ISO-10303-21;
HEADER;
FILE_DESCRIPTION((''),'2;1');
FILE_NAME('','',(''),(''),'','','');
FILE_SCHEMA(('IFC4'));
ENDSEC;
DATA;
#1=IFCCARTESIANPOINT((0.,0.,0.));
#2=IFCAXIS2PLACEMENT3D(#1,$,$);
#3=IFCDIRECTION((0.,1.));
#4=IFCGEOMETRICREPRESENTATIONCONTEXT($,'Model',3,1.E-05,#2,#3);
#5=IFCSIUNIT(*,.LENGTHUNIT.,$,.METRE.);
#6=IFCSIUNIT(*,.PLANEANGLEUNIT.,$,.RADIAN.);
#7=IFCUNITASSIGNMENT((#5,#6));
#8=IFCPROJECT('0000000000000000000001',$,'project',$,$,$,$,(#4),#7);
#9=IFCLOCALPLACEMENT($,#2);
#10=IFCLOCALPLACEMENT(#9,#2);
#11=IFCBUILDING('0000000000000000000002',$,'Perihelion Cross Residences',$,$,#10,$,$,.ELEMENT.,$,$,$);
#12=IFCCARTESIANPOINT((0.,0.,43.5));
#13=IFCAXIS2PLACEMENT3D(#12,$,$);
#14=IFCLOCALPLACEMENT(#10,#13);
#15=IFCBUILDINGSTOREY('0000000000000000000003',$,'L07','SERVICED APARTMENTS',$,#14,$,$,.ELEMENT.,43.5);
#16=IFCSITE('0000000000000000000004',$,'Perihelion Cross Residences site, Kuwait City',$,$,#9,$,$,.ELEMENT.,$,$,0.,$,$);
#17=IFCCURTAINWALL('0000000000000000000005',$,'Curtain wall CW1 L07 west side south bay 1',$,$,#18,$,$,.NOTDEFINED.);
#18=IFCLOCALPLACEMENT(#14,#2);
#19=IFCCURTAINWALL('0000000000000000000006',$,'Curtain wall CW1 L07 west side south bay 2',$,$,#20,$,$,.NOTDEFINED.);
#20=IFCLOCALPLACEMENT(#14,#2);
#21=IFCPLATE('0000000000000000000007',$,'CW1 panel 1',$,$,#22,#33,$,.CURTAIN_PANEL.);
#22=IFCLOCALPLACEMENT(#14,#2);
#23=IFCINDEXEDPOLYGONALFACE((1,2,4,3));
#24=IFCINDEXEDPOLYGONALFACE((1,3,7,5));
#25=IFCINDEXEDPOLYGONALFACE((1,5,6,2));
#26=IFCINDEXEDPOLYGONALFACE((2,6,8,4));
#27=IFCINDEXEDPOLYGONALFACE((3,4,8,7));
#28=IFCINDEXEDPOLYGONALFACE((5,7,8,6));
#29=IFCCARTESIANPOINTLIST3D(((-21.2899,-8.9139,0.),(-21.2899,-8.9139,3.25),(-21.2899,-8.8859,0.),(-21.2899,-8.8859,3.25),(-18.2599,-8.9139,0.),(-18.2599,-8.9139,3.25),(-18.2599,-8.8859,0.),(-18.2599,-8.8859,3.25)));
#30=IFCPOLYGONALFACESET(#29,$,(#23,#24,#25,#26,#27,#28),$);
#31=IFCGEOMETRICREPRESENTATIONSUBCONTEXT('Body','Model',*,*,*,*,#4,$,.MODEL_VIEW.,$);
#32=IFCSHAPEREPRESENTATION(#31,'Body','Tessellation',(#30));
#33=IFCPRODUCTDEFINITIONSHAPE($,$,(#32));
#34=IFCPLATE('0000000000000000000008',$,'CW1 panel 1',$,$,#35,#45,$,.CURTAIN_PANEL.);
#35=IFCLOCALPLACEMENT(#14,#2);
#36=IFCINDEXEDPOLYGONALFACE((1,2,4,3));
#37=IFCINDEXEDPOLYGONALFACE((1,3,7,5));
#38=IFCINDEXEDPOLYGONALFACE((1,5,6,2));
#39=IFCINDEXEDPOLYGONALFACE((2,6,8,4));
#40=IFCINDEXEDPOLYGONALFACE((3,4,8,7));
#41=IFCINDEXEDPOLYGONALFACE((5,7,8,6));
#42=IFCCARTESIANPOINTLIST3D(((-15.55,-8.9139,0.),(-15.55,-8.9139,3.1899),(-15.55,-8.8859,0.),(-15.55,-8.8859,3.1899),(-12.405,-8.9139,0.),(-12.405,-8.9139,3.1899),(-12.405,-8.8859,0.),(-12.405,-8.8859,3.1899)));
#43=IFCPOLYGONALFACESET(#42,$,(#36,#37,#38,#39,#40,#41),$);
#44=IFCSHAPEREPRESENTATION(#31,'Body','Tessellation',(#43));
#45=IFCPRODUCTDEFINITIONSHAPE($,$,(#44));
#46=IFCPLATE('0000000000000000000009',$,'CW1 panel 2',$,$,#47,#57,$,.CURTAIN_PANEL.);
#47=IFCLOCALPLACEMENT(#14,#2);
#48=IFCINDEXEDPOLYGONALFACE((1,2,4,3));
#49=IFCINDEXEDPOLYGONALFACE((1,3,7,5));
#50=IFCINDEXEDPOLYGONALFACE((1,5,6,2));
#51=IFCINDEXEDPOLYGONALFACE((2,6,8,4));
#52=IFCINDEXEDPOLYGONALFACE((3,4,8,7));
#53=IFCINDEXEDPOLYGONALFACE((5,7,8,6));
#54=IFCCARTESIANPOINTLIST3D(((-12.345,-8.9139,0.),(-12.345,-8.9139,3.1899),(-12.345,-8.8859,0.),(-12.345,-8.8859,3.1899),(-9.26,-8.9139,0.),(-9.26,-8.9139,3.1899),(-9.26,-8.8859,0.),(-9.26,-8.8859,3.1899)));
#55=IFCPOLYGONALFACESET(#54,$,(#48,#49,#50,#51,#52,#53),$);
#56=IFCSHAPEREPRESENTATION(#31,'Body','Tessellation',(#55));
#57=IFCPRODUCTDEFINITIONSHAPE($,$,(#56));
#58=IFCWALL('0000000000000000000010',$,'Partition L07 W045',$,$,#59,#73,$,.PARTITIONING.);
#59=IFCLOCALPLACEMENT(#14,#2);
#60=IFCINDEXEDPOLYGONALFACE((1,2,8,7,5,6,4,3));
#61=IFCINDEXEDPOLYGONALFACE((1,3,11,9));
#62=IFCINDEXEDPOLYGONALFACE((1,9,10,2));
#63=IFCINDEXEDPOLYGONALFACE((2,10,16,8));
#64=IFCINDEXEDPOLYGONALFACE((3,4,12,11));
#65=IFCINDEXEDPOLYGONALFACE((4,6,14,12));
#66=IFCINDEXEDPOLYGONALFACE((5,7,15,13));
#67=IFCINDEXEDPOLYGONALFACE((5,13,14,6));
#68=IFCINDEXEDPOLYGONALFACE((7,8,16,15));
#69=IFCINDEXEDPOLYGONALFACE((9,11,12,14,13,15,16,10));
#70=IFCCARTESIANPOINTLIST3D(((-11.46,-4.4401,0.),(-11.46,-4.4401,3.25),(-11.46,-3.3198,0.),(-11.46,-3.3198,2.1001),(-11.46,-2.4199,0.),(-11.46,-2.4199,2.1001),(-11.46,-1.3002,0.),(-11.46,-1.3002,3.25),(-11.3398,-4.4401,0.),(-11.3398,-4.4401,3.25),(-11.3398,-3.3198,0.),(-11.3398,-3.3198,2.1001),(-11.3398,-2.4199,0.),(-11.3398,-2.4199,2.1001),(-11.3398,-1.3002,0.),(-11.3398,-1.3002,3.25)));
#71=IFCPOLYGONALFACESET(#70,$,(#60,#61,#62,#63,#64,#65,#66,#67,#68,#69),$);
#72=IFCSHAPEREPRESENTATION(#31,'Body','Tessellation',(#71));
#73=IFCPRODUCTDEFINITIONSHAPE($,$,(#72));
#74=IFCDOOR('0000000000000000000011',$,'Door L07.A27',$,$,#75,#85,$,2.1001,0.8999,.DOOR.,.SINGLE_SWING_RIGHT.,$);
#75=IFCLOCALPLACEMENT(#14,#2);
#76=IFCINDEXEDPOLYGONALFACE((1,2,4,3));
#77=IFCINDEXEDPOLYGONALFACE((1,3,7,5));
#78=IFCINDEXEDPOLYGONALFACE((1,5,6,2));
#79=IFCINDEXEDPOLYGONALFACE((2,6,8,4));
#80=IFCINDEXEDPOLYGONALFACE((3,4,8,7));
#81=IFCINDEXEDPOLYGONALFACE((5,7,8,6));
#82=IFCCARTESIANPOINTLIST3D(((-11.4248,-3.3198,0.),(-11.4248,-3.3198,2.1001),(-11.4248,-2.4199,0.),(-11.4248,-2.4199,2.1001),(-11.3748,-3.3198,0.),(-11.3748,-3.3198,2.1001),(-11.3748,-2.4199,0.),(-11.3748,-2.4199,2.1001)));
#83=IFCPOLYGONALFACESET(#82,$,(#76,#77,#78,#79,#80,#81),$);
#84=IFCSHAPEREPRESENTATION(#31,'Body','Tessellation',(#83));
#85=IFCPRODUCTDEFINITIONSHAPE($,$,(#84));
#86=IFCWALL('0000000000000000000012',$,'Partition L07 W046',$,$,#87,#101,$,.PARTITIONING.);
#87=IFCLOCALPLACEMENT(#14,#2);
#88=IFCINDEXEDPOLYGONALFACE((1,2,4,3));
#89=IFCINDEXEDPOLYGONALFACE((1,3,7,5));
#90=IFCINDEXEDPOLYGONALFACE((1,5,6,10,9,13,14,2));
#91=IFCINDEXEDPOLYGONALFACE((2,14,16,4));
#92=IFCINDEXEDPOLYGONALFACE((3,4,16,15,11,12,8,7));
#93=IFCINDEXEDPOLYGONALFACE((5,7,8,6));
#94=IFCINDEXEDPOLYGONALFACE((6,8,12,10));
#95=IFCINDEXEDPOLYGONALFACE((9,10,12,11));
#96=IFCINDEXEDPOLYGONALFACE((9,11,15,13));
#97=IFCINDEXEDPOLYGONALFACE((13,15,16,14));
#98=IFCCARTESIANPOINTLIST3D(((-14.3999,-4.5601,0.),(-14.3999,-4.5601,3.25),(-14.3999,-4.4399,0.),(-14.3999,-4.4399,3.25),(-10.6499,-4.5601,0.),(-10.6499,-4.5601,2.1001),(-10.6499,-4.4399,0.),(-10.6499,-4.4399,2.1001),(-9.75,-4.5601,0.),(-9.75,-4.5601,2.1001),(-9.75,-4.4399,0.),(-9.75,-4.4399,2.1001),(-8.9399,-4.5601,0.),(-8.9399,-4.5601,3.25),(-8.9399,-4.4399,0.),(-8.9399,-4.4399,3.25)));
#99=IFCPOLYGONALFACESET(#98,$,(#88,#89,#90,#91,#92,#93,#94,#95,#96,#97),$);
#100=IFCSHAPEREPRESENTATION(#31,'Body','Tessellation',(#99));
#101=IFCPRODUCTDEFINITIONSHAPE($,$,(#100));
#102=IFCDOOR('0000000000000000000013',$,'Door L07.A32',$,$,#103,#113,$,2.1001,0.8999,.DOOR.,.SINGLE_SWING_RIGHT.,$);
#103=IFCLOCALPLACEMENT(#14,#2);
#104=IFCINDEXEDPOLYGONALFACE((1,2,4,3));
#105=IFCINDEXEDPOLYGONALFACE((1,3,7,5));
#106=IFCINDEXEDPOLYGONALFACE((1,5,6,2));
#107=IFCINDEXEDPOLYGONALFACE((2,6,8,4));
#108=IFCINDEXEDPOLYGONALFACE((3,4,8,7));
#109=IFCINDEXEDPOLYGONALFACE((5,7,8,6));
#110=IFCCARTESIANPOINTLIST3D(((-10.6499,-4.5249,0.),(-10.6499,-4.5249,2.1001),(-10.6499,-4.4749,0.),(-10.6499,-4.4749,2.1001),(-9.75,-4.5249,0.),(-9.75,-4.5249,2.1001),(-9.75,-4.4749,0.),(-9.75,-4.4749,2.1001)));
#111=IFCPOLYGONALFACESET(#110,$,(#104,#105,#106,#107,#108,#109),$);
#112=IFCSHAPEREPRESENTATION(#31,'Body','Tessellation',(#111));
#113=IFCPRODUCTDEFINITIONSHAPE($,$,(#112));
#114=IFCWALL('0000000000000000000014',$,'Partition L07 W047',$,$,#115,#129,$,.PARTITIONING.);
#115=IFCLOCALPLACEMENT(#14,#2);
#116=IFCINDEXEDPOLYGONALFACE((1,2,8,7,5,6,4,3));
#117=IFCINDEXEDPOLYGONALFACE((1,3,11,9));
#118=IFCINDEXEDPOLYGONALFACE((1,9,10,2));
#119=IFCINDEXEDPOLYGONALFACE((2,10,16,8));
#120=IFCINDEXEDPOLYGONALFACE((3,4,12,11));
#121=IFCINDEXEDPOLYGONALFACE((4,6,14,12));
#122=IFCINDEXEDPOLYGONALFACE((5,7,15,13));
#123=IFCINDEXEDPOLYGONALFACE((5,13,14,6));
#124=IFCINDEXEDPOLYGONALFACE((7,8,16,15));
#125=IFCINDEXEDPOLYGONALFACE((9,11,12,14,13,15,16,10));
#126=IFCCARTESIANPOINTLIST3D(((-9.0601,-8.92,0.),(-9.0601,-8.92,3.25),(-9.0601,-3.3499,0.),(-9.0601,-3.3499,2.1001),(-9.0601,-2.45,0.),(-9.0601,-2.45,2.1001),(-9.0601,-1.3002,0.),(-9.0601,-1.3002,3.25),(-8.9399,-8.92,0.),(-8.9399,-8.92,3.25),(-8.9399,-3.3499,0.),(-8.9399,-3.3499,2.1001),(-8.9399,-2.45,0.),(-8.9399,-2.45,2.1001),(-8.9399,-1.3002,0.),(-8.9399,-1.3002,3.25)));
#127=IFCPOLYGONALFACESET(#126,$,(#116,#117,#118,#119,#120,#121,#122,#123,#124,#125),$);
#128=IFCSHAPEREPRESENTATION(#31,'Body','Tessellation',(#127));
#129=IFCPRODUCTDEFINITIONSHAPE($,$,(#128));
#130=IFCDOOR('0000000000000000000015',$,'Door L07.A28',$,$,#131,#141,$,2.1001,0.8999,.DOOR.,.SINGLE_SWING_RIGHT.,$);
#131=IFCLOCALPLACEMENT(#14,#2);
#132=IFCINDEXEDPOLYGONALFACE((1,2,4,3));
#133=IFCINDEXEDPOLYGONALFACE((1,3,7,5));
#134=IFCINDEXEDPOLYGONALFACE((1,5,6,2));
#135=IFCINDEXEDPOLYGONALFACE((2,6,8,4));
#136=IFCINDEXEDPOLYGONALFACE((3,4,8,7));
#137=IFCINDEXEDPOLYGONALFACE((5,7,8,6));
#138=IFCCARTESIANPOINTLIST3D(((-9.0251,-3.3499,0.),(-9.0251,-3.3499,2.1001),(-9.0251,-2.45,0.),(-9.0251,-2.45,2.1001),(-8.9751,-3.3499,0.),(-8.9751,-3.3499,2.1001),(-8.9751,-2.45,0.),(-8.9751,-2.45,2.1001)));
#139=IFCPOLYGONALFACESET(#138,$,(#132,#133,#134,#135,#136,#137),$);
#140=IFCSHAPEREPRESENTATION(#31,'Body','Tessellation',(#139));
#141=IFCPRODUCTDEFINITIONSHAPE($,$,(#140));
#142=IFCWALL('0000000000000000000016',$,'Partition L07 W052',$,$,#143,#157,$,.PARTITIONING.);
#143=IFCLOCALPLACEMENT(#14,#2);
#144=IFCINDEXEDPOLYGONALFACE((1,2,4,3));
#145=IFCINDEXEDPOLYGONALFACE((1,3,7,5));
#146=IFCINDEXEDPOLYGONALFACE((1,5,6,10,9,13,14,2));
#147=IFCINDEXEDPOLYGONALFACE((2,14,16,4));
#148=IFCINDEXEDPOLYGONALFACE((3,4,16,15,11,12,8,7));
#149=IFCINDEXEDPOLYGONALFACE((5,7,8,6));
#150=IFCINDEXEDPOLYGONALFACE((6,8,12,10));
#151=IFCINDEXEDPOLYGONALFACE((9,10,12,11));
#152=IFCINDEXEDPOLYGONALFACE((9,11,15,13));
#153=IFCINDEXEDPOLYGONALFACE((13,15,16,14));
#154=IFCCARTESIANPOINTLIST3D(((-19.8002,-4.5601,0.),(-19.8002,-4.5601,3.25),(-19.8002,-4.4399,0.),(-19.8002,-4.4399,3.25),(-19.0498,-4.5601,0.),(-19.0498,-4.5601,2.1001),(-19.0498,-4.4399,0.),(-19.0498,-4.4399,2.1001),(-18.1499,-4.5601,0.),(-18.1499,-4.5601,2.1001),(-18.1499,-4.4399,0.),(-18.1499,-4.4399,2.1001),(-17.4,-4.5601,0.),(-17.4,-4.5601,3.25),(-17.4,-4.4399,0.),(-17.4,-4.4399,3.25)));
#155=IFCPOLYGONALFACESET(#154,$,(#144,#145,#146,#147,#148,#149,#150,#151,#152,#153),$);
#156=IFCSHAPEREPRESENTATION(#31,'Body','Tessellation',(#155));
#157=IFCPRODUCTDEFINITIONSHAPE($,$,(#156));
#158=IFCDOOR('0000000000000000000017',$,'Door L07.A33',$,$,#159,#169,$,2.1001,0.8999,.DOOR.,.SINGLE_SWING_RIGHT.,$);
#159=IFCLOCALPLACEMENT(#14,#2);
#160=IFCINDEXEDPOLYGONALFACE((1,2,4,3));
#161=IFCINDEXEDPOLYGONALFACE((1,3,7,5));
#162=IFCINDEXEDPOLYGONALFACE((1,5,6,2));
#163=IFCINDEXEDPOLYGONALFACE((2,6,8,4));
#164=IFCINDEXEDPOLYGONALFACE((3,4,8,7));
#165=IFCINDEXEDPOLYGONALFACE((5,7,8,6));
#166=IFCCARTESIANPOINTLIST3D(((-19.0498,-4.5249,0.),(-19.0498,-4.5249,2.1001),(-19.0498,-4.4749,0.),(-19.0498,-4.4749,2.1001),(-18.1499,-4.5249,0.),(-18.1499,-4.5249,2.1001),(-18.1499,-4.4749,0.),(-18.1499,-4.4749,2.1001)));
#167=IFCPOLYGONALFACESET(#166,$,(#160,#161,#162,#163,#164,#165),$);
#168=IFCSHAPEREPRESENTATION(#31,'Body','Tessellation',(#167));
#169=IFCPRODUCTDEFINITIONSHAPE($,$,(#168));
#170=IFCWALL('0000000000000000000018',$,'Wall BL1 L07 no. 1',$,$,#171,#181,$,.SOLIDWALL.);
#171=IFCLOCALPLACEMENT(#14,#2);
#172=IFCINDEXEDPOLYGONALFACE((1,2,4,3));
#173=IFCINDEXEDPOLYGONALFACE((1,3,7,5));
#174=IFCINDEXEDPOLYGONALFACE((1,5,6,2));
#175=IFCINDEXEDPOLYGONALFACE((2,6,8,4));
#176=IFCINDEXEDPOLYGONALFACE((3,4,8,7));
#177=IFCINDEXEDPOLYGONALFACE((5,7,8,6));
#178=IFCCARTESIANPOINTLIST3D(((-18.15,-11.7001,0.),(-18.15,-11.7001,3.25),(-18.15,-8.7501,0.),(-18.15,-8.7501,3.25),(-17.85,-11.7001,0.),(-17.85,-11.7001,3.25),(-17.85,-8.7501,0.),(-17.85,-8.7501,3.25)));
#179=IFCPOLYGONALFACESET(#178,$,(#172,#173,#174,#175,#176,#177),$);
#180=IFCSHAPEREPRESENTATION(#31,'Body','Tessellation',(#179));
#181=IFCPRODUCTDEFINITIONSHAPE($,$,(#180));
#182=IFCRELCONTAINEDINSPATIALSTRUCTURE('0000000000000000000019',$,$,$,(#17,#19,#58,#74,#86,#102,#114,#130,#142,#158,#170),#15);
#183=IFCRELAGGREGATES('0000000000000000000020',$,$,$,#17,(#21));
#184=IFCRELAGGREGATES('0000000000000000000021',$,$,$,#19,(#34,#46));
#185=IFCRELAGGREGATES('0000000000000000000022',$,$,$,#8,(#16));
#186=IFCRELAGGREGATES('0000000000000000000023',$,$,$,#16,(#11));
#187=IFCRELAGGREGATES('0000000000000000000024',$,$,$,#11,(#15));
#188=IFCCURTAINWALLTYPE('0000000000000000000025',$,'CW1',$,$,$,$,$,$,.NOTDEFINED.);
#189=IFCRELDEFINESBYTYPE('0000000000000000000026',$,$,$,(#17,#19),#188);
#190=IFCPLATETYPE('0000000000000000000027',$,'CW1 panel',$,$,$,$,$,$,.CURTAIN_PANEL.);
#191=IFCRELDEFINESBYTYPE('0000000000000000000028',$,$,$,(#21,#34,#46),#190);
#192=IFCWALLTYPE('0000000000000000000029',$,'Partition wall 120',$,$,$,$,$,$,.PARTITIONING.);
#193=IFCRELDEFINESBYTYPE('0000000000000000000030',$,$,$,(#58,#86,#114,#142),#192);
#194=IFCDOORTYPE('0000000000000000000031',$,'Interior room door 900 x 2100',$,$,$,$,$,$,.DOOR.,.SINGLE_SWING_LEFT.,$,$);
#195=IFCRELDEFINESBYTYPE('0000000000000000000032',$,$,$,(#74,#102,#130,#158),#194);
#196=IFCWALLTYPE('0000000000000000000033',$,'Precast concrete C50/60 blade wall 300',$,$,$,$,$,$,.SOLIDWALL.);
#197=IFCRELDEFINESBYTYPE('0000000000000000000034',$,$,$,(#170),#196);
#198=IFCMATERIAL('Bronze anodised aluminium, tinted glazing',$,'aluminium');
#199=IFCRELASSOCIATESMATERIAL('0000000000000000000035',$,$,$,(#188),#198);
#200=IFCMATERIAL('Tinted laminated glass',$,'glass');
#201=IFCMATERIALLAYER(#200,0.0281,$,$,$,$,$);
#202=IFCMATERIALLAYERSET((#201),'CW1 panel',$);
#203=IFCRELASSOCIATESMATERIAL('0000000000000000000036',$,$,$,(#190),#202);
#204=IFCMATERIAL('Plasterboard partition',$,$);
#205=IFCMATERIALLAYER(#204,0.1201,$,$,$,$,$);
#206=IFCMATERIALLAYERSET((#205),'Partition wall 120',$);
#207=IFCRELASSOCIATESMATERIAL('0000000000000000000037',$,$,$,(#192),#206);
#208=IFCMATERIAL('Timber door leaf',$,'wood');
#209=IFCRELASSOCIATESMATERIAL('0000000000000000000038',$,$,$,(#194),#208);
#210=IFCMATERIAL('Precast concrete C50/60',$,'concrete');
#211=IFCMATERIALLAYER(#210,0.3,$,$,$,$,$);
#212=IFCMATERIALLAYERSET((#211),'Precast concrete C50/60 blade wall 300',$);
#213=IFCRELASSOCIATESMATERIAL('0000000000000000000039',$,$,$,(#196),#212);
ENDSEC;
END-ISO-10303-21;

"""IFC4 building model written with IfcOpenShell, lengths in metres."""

from ifc_helpers import new_model, si_unit, direction, frame, frame_2d, origin, origin_2d, place, context, subcontext, project, spatial, rectangle, extrude, material, layer, layer_set, type_object, element, fill, aggregate, save


model = new_model("IFC4")

# Units and contexts
model_context = context("Model", 3, precision=1e-05, world=origin(), true_north=direction((0.0, 1.0)))
body_context = subcontext(model_context, "Body", "Model", "MODEL_VIEW")
ifc_project = project(units=[si_unit("LENGTHUNIT", "METRE"), si_unit("PLANEANGLEUNIT", "RADIAN")], contexts=[model_context])

# Site, building, storey
site_placement = place(None, origin())
site = spatial("IfcSite", under=ifc_project, at=site_placement, Name="Perihelion Cross Residences site, Kuwait City", CompositionType="ELEMENT", RefElevation=0.0)
building_placement = place(site_placement, origin())
building = spatial("IfcBuilding", under=site, at=building_placement, Name="Perihelion Cross Residences", CompositionType="ELEMENT")
storey_placement = place(building_placement, frame((0.0, 0.0, 43.5)))
storey = spatial("IfcBuildingStorey", under=building, at=storey_placement, Name="L07", Description="SERVICED APARTMENTS", CompositionType="ELEMENT", Elevation=43.5)

# Curtain wall
ifc_material_1 = material(Name="Bronze anodised aluminium, tinted glazing", Category="aluminium")
curtain_wall_type = type_object("IfcCurtainWallType", Name="CW1", PredefinedType="NOTDEFINED", material=ifc_material_1)
curtain_wall_1_placement = place(storey_placement, origin())
curtain_wall_1 = element("IfcCurtainWall", 1, at=curtain_wall_1_placement, inside=storey, type_object=curtain_wall_type, Name="Curtain wall CW1 L07 west side south bay 1", PredefinedType="NOTDEFINED")

# Curtain wall
curtain_wall_2_placement = place(storey_placement, origin())
curtain_wall_2 = element("IfcCurtainWall", 2, at=curtain_wall_2_placement, inside=storey, type_object=curtain_wall_type, Name="Curtain wall CW1 L07 west side south bay 2", PredefinedType="NOTDEFINED")

# Plates
ifc_material_2 = material(Name="Tinted laminated glass", Category="glass")
ifc_layer_1 = layer(ifc_material_2, 0.0281)
ifc_layer_set_1 = layer_set([ifc_layer_1], Name="CW1 panel")
plate_type = type_object("IfcPlateType", Name="CW1 panel", PredefinedType="CURTAIN_PANEL", material=ifc_layer_set_1)
plate_1_placement = place(storey_placement, frame((-19.7749, -8.8999, 0.0), z_axis=(0.0, 0.0, 1.0), x_axis=(1.0, 0.0, 0.0)))
plate_1 = element("IfcPlate", 3, at=plate_1_placement, type_object=plate_type, Name="CW1 panel 1", PredefinedType="CURTAIN_PANEL", context=body_context, shape_type="SweptSolid", body=[
    extrude(rectangle(XDim=3.03, YDim=0.0281, at=origin_2d()), origin(), (0.0, 0.0, 1.0), 3.25),
])
aggregate(curtain_wall_1, [plate_1])
plate_2_placement = place(storey_placement, frame((-13.9775, -8.8999, 0.0), z_axis=(0.0, 0.0, 1.0), x_axis=(1.0, 0.0, 0.0)))
plate_2 = element("IfcPlate", 4, at=plate_2_placement, type_object=plate_type, Name="CW1 panel 1", PredefinedType="CURTAIN_PANEL", context=body_context, shape_type="SweptSolid", body=[
    extrude(rectangle(XDim=3.145, YDim=0.0281, at=origin_2d()), origin(), (0.0, 0.0, 1.0), 3.1899),
])
plate_3_placement = place(storey_placement, frame((-10.8025, -8.8999, 0.0), z_axis=(0.0, 0.0, 1.0), x_axis=(1.0, 0.0, 0.0)))
plate_3 = element("IfcPlate", 5, at=plate_3_placement, type_object=plate_type, Name="CW1 panel 2", PredefinedType="CURTAIN_PANEL", context=body_context, shape_type="SweptSolid", body=[
    extrude(rectangle(XDim=3.085, YDim=0.0281, at=origin_2d()), origin(), (0.0, 0.0, 1.0), 3.1899),
])
aggregate(curtain_wall_2, [plate_2, plate_3])

# Walls, openings, doors
ifc_material_3 = material(Name="Plasterboard partition")
ifc_layer_2 = layer(ifc_material_3, 0.1201)
ifc_layer_set_2 = layer_set([ifc_layer_2], Name="Partition wall 120")
wall_type_1 = type_object("IfcWallType", Name="Partition wall 120", PredefinedType="PARTITIONING", material=ifc_layer_set_2)
wall_1_placement = place(storey_placement, frame((-11.3999, -4.4399, 0.0), z_axis=(0.0, 0.0, 1.0), x_axis=(0.0, 1.0, 0.0)))
wall_1 = element("IfcWall", 6, at=wall_1_placement, inside=storey, type_object=wall_type_1, Name="Partition L07 W045", PredefinedType="PARTITIONING", context=body_context, shape_type="SweptSolid", body=[
    extrude(rectangle(XDim=3.1399, YDim=0.1201, at=frame_2d((1.5698, 0.0))), origin(), (0.0, 0.0, 1.0), 3.25),
])
opening_1_placement = place(wall_1_placement, frame((1.1201, 0.0, 0.0)))
opening_1 = element("IfcOpeningElement", 7, at=opening_1_placement, cuts=wall_1, PredefinedType="OPENING", context=body_context, shape_type="SweptSolid", body=[
    extrude(rectangle(XDim=0.8999, YDim=2.1001, at=frame_2d((0.45, 1.05))), frame((0.0, 0.0701, 0.0), z_axis=(0.0, -1.0, 0.0), x_axis=(1.0, 0.0, 0.0)), (0.0, 0.0, 1.0), 0.1401),
])
ifc_material_4 = material(Name="Timber door leaf", Category="wood")
door_type_1 = type_object("IfcDoorType", Name="Interior room door 900 x 2100", OperationType="SINGLE_SWING_LEFT", PredefinedType="DOOR", material=ifc_material_4)
door_1_placement = place(opening_1_placement, origin())
door_1 = element("IfcDoor", 8, at=door_1_placement, inside=storey, type_object=door_type_1, Name="Door L07.A27", OperationType="SINGLE_SWING_RIGHT", OverallHeight=2.1001, OverallWidth=0.8999, PredefinedType="DOOR", context=body_context, shape_type="SweptSolid", body=[
    extrude(rectangle(XDim=0.8999, YDim=2.1001, at=frame_2d((0.45, 1.05))), frame((0.0, 0.0249, 0.0), z_axis=(0.0, -1.0, 0.0), x_axis=(1.0, 0.0, 0.0)), (0.0, 0.0, 1.0), 0.05),
])
fill(opening_1, door_1)
wall_2_placement = place(storey_placement, frame((-8.9399, -4.5, 0.0), z_axis=(0.0, 0.0, 1.0), x_axis=(-1.0, 0.0, 0.0)))
wall_2 = element("IfcWall", 9, at=wall_2_placement, inside=storey, type_object=wall_type_1, Name="Partition L07 W046", PredefinedType="PARTITIONING", context=body_context, shape_type="SweptSolid", body=[
    extrude(rectangle(XDim=5.46, YDim=0.1201, at=frame_2d((2.73, 0.0))), origin(), (0.0, 0.0, 1.0), 3.25),
])
opening_2_placement = place(wall_2_placement, frame((0.8101, 0.0, 0.0)))
opening_2 = element("IfcOpeningElement", 10, at=opening_2_placement, cuts=wall_2, PredefinedType="OPENING", context=body_context, shape_type="SweptSolid", body=[
    extrude(rectangle(XDim=0.8999, YDim=2.1001, at=frame_2d((0.45, 1.05))), frame((0.0, 0.0701, 0.0), z_axis=(0.0, -1.0, 0.0), x_axis=(1.0, 0.0, 0.0)), (0.0, 0.0, 1.0), 0.1401),
])
door_2_placement = place(opening_2_placement, origin())
door_2 = element("IfcDoor", 11, at=door_2_placement, inside=storey, type_object=door_type_1, Name="Door L07.A32", OperationType="SINGLE_SWING_RIGHT", OverallHeight=2.1001, OverallWidth=0.8999, PredefinedType="DOOR", context=body_context, shape_type="SweptSolid", body=[
    extrude(rectangle(XDim=0.8999, YDim=2.1001, at=frame_2d((0.45, 1.05))), frame((0.0, 0.0249, 0.0), z_axis=(0.0, -1.0, 0.0), x_axis=(1.0, 0.0, 0.0)), (0.0, 0.0, 1.0), 0.05),
])
fill(opening_2, door_2)
wall_3_placement = place(storey_placement, frame((-9.0, -1.3, 0.0), z_axis=(0.0, 0.0, 1.0), x_axis=(0.0, -1.0, 0.0)))
wall_3 = element("IfcWall", 12, at=wall_3_placement, inside=storey, type_object=wall_type_1, Name="Partition L07 W047", PredefinedType="PARTITIONING", context=body_context, shape_type="SweptSolid", body=[
    extrude(rectangle(XDim=7.6199, YDim=0.1201, at=frame_2d((3.8101, 0.0))), origin(), (0.0, 0.0, 1.0), 3.25),
])
opening_3_placement = place(wall_3_placement, frame((1.1499, 0.0, 0.0)))
opening_3 = element("IfcOpeningElement", 13, at=opening_3_placement, cuts=wall_3, PredefinedType="OPENING", context=body_context, shape_type="SweptSolid", body=[
    extrude(rectangle(XDim=0.8999, YDim=2.1001, at=frame_2d((0.45, 1.05))), frame((0.0, 0.0701, 0.0), z_axis=(0.0, -1.0, 0.0), x_axis=(1.0, 0.0, 0.0)), (0.0, 0.0, 1.0), 0.1401),
])
door_3_placement = place(opening_3_placement, origin())
door_3 = element("IfcDoor", 14, at=door_3_placement, inside=storey, type_object=door_type_1, Name="Door L07.A28", OperationType="SINGLE_SWING_RIGHT", OverallHeight=2.1001, OverallWidth=0.8999, PredefinedType="DOOR", context=body_context, shape_type="SweptSolid", body=[
    extrude(rectangle(XDim=0.8999, YDim=2.1001, at=frame_2d((0.45, 1.05))), frame((0.0, 0.0249, 0.0), z_axis=(0.0, -1.0, 0.0), x_axis=(1.0, 0.0, 0.0)), (0.0, 0.0, 1.0), 0.05),
])
fill(opening_3, door_3)
wall_4_placement = place(storey_placement, frame((-17.3999, -4.5, 0.0), z_axis=(0.0, 0.0, 1.0), x_axis=(-1.0, 0.0, 0.0)))
wall_4 = element("IfcWall", 15, at=wall_4_placement, inside=storey, type_object=wall_type_1, Name="Partition L07 W052", PredefinedType="PARTITIONING", context=body_context, shape_type="SweptSolid", body=[
    extrude(rectangle(XDim=2.4001, YDim=0.1201, at=frame_2d((1.2002, 0.0))), origin(), (0.0, 0.0, 1.0), 3.25),
])
opening_4_placement = place(wall_4_placement, frame((0.75, 0.0, 0.0)))
opening_4 = element("IfcOpeningElement", 16, at=opening_4_placement, cuts=wall_4, PredefinedType="OPENING", context=body_context, shape_type="SweptSolid", body=[
    extrude(rectangle(XDim=0.8999, YDim=2.1001, at=frame_2d((0.45, 1.05))), frame((0.0, 0.0701, 0.0), z_axis=(0.0, -1.0, 0.0), x_axis=(1.0, 0.0, 0.0)), (0.0, 0.0, 1.0), 0.1401),
])
door_4_placement = place(opening_4_placement, origin())
door_4 = element("IfcDoor", 17, at=door_4_placement, inside=storey, type_object=door_type_1, Name="Door L07.A33", OperationType="SINGLE_SWING_RIGHT", OverallHeight=2.1001, OverallWidth=0.8999, PredefinedType="DOOR", context=body_context, shape_type="SweptSolid", body=[
    extrude(rectangle(XDim=0.8999, YDim=2.1001, at=frame_2d((0.45, 1.05))), frame((0.0, 0.0249, 0.0), z_axis=(0.0, -1.0, 0.0), x_axis=(1.0, 0.0, 0.0)), (0.0, 0.0, 1.0), 0.05),
])
fill(opening_4, door_4)

# Wall
ifc_material_5 = material(Name="Precast concrete C50/60", Category="concrete")
ifc_layer_3 = layer(ifc_material_5, 0.3)
ifc_layer_set_3 = layer_set([ifc_layer_3], Name="Precast concrete C50/60 blade wall 300")
wall_type_2 = type_object("IfcWallType", Name="Precast concrete C50/60 blade wall 300", PredefinedType="SOLIDWALL", material=ifc_layer_set_3)
wall_5_placement = place(storey_placement, frame((-18.0, -8.75, 0.0), z_axis=(0.0, 0.0, 1.0), x_axis=(0.0, -1.0, 0.0)))
element("IfcWall", 18, at=wall_5_placement, inside=storey, type_object=wall_type_2, Name="Wall BL1 L07 no. 1", PredefinedType="SOLIDWALL", context=body_context, shape_type="SweptSolid", body=[
    extrude(rectangle(XDim=2.95, YDim=0.3, at=frame_2d((1.4751, 0.0))), origin(), (0.0, 0.0, 1.0), 3.25),
])

save(model, "model.ifc")
